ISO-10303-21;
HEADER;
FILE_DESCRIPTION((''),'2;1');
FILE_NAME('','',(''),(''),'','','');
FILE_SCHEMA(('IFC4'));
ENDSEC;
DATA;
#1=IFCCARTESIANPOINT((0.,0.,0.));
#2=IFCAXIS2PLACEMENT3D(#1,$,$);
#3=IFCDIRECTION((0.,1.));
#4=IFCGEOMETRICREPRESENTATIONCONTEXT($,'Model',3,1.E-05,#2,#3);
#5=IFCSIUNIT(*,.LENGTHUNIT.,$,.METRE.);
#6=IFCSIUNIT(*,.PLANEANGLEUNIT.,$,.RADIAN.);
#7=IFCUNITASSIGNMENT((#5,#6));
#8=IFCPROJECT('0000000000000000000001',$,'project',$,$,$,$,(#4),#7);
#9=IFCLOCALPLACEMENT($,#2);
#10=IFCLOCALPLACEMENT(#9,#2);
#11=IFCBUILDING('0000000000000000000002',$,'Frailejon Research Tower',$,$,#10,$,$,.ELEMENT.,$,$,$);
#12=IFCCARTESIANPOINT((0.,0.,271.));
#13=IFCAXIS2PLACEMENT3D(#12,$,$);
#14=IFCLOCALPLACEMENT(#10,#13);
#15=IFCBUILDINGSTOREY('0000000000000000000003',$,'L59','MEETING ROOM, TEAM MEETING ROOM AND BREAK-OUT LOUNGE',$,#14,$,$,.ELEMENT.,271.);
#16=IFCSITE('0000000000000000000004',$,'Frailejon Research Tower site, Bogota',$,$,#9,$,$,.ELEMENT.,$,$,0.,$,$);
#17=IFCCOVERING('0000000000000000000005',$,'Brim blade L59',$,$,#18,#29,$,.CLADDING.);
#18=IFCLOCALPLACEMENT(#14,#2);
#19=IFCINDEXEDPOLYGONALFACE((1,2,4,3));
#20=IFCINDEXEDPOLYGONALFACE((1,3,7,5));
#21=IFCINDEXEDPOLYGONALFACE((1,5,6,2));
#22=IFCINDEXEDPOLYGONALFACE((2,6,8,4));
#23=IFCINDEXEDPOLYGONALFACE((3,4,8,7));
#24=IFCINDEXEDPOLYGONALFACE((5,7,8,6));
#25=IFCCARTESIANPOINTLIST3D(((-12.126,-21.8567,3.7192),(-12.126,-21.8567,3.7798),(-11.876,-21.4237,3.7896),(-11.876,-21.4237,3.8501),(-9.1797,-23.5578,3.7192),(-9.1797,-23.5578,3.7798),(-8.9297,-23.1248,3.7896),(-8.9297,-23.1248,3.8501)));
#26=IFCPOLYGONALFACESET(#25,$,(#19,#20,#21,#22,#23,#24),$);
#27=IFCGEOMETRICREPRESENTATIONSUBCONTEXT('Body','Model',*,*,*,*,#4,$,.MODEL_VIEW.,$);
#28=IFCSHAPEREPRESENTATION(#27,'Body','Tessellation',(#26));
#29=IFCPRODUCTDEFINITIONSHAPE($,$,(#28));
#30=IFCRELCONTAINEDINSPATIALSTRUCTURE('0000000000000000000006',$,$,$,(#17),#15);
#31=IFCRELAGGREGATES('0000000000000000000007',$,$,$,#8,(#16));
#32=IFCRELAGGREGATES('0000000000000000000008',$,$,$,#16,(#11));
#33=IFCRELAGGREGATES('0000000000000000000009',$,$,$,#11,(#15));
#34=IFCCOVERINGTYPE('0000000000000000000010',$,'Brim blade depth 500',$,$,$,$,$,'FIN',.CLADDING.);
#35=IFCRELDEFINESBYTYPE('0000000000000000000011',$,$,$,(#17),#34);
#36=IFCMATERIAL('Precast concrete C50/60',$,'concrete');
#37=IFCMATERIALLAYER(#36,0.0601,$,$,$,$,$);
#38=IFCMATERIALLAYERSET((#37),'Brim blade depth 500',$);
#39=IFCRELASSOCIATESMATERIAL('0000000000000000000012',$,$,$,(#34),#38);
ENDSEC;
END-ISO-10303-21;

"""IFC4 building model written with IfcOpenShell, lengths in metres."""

from ifc_helpers import new_model, si_unit, direction, frame, origin, place, context, subcontext, project, spatial, polyline, outline, extrude, material, layer, layer_set, type_object, element, save


model = new_model("IFC4")

# Units and contexts
model_context = context("Model", 3, precision=1e-05, world=origin(), true_north=direction((0.0, 1.0)))
body_context = subcontext(model_context, "Body", "Model", "MODEL_VIEW")
ifc_project = project(units=[si_unit("LENGTHUNIT", "METRE"), si_unit("PLANEANGLEUNIT", "RADIAN")], contexts=[model_context])

# Site, building, storey
site_placement = place(None, origin())
site = spatial("IfcSite", under=ifc_project, at=site_placement, Name="Frailejon Research Tower site, Bogota", CompositionType="ELEMENT", RefElevation=0.0)
building_placement = place(site_placement, origin())
building = spatial("IfcBuilding", under=site, at=building_placement, Name="Frailejon Research Tower", CompositionType="ELEMENT")
storey_placement = place(building_placement, frame((0.0, 0.0, 271.0)))
storey = spatial("IfcBuildingStorey", under=building, at=storey_placement, Name="L59", Description="MEETING ROOM, TEAM MEETING ROOM AND BREAK-OUT LOUNGE", CompositionType="ELEMENT", Elevation=271.0)

# Covering
ifc_material_1 = material(Name="Precast concrete C50/60", Category="concrete")
ifc_layer_1 = layer(ifc_material_1, 0.0601)
ifc_layer_set_1 = layer_set([ifc_layer_1], Name="Brim blade depth 500")
covering_type_1 = type_object("IfcCoveringType", Name="Brim blade depth 500", ElementType="FIN", PredefinedType="CLADDING", material=ifc_layer_set_1)
covering_1_placement = place(storey_placement, frame((-8.9297, -23.1248, 3.8501), z_axis=(-0.866024, 0.500003, 0.0), x_axis=(-0.500003, -0.866024, 0.0)))
element("IfcCovering", 1, at=covering_1_placement, inside=storey, type_object=covering_type_1, Name="Brim blade L59", PredefinedType="CLADDING", context=body_context, shape_type="SweptSolid", body=[
    extrude(outline(polyline([(0.0, -0.0605), (0.5, -0.1309), (0.5, -0.0703), (0.0, 0.0), (0.0, -0.0605)])), origin(), (0.0, 0.0, 1.0), 3.4021),
])

save(model, "model.ifc")
